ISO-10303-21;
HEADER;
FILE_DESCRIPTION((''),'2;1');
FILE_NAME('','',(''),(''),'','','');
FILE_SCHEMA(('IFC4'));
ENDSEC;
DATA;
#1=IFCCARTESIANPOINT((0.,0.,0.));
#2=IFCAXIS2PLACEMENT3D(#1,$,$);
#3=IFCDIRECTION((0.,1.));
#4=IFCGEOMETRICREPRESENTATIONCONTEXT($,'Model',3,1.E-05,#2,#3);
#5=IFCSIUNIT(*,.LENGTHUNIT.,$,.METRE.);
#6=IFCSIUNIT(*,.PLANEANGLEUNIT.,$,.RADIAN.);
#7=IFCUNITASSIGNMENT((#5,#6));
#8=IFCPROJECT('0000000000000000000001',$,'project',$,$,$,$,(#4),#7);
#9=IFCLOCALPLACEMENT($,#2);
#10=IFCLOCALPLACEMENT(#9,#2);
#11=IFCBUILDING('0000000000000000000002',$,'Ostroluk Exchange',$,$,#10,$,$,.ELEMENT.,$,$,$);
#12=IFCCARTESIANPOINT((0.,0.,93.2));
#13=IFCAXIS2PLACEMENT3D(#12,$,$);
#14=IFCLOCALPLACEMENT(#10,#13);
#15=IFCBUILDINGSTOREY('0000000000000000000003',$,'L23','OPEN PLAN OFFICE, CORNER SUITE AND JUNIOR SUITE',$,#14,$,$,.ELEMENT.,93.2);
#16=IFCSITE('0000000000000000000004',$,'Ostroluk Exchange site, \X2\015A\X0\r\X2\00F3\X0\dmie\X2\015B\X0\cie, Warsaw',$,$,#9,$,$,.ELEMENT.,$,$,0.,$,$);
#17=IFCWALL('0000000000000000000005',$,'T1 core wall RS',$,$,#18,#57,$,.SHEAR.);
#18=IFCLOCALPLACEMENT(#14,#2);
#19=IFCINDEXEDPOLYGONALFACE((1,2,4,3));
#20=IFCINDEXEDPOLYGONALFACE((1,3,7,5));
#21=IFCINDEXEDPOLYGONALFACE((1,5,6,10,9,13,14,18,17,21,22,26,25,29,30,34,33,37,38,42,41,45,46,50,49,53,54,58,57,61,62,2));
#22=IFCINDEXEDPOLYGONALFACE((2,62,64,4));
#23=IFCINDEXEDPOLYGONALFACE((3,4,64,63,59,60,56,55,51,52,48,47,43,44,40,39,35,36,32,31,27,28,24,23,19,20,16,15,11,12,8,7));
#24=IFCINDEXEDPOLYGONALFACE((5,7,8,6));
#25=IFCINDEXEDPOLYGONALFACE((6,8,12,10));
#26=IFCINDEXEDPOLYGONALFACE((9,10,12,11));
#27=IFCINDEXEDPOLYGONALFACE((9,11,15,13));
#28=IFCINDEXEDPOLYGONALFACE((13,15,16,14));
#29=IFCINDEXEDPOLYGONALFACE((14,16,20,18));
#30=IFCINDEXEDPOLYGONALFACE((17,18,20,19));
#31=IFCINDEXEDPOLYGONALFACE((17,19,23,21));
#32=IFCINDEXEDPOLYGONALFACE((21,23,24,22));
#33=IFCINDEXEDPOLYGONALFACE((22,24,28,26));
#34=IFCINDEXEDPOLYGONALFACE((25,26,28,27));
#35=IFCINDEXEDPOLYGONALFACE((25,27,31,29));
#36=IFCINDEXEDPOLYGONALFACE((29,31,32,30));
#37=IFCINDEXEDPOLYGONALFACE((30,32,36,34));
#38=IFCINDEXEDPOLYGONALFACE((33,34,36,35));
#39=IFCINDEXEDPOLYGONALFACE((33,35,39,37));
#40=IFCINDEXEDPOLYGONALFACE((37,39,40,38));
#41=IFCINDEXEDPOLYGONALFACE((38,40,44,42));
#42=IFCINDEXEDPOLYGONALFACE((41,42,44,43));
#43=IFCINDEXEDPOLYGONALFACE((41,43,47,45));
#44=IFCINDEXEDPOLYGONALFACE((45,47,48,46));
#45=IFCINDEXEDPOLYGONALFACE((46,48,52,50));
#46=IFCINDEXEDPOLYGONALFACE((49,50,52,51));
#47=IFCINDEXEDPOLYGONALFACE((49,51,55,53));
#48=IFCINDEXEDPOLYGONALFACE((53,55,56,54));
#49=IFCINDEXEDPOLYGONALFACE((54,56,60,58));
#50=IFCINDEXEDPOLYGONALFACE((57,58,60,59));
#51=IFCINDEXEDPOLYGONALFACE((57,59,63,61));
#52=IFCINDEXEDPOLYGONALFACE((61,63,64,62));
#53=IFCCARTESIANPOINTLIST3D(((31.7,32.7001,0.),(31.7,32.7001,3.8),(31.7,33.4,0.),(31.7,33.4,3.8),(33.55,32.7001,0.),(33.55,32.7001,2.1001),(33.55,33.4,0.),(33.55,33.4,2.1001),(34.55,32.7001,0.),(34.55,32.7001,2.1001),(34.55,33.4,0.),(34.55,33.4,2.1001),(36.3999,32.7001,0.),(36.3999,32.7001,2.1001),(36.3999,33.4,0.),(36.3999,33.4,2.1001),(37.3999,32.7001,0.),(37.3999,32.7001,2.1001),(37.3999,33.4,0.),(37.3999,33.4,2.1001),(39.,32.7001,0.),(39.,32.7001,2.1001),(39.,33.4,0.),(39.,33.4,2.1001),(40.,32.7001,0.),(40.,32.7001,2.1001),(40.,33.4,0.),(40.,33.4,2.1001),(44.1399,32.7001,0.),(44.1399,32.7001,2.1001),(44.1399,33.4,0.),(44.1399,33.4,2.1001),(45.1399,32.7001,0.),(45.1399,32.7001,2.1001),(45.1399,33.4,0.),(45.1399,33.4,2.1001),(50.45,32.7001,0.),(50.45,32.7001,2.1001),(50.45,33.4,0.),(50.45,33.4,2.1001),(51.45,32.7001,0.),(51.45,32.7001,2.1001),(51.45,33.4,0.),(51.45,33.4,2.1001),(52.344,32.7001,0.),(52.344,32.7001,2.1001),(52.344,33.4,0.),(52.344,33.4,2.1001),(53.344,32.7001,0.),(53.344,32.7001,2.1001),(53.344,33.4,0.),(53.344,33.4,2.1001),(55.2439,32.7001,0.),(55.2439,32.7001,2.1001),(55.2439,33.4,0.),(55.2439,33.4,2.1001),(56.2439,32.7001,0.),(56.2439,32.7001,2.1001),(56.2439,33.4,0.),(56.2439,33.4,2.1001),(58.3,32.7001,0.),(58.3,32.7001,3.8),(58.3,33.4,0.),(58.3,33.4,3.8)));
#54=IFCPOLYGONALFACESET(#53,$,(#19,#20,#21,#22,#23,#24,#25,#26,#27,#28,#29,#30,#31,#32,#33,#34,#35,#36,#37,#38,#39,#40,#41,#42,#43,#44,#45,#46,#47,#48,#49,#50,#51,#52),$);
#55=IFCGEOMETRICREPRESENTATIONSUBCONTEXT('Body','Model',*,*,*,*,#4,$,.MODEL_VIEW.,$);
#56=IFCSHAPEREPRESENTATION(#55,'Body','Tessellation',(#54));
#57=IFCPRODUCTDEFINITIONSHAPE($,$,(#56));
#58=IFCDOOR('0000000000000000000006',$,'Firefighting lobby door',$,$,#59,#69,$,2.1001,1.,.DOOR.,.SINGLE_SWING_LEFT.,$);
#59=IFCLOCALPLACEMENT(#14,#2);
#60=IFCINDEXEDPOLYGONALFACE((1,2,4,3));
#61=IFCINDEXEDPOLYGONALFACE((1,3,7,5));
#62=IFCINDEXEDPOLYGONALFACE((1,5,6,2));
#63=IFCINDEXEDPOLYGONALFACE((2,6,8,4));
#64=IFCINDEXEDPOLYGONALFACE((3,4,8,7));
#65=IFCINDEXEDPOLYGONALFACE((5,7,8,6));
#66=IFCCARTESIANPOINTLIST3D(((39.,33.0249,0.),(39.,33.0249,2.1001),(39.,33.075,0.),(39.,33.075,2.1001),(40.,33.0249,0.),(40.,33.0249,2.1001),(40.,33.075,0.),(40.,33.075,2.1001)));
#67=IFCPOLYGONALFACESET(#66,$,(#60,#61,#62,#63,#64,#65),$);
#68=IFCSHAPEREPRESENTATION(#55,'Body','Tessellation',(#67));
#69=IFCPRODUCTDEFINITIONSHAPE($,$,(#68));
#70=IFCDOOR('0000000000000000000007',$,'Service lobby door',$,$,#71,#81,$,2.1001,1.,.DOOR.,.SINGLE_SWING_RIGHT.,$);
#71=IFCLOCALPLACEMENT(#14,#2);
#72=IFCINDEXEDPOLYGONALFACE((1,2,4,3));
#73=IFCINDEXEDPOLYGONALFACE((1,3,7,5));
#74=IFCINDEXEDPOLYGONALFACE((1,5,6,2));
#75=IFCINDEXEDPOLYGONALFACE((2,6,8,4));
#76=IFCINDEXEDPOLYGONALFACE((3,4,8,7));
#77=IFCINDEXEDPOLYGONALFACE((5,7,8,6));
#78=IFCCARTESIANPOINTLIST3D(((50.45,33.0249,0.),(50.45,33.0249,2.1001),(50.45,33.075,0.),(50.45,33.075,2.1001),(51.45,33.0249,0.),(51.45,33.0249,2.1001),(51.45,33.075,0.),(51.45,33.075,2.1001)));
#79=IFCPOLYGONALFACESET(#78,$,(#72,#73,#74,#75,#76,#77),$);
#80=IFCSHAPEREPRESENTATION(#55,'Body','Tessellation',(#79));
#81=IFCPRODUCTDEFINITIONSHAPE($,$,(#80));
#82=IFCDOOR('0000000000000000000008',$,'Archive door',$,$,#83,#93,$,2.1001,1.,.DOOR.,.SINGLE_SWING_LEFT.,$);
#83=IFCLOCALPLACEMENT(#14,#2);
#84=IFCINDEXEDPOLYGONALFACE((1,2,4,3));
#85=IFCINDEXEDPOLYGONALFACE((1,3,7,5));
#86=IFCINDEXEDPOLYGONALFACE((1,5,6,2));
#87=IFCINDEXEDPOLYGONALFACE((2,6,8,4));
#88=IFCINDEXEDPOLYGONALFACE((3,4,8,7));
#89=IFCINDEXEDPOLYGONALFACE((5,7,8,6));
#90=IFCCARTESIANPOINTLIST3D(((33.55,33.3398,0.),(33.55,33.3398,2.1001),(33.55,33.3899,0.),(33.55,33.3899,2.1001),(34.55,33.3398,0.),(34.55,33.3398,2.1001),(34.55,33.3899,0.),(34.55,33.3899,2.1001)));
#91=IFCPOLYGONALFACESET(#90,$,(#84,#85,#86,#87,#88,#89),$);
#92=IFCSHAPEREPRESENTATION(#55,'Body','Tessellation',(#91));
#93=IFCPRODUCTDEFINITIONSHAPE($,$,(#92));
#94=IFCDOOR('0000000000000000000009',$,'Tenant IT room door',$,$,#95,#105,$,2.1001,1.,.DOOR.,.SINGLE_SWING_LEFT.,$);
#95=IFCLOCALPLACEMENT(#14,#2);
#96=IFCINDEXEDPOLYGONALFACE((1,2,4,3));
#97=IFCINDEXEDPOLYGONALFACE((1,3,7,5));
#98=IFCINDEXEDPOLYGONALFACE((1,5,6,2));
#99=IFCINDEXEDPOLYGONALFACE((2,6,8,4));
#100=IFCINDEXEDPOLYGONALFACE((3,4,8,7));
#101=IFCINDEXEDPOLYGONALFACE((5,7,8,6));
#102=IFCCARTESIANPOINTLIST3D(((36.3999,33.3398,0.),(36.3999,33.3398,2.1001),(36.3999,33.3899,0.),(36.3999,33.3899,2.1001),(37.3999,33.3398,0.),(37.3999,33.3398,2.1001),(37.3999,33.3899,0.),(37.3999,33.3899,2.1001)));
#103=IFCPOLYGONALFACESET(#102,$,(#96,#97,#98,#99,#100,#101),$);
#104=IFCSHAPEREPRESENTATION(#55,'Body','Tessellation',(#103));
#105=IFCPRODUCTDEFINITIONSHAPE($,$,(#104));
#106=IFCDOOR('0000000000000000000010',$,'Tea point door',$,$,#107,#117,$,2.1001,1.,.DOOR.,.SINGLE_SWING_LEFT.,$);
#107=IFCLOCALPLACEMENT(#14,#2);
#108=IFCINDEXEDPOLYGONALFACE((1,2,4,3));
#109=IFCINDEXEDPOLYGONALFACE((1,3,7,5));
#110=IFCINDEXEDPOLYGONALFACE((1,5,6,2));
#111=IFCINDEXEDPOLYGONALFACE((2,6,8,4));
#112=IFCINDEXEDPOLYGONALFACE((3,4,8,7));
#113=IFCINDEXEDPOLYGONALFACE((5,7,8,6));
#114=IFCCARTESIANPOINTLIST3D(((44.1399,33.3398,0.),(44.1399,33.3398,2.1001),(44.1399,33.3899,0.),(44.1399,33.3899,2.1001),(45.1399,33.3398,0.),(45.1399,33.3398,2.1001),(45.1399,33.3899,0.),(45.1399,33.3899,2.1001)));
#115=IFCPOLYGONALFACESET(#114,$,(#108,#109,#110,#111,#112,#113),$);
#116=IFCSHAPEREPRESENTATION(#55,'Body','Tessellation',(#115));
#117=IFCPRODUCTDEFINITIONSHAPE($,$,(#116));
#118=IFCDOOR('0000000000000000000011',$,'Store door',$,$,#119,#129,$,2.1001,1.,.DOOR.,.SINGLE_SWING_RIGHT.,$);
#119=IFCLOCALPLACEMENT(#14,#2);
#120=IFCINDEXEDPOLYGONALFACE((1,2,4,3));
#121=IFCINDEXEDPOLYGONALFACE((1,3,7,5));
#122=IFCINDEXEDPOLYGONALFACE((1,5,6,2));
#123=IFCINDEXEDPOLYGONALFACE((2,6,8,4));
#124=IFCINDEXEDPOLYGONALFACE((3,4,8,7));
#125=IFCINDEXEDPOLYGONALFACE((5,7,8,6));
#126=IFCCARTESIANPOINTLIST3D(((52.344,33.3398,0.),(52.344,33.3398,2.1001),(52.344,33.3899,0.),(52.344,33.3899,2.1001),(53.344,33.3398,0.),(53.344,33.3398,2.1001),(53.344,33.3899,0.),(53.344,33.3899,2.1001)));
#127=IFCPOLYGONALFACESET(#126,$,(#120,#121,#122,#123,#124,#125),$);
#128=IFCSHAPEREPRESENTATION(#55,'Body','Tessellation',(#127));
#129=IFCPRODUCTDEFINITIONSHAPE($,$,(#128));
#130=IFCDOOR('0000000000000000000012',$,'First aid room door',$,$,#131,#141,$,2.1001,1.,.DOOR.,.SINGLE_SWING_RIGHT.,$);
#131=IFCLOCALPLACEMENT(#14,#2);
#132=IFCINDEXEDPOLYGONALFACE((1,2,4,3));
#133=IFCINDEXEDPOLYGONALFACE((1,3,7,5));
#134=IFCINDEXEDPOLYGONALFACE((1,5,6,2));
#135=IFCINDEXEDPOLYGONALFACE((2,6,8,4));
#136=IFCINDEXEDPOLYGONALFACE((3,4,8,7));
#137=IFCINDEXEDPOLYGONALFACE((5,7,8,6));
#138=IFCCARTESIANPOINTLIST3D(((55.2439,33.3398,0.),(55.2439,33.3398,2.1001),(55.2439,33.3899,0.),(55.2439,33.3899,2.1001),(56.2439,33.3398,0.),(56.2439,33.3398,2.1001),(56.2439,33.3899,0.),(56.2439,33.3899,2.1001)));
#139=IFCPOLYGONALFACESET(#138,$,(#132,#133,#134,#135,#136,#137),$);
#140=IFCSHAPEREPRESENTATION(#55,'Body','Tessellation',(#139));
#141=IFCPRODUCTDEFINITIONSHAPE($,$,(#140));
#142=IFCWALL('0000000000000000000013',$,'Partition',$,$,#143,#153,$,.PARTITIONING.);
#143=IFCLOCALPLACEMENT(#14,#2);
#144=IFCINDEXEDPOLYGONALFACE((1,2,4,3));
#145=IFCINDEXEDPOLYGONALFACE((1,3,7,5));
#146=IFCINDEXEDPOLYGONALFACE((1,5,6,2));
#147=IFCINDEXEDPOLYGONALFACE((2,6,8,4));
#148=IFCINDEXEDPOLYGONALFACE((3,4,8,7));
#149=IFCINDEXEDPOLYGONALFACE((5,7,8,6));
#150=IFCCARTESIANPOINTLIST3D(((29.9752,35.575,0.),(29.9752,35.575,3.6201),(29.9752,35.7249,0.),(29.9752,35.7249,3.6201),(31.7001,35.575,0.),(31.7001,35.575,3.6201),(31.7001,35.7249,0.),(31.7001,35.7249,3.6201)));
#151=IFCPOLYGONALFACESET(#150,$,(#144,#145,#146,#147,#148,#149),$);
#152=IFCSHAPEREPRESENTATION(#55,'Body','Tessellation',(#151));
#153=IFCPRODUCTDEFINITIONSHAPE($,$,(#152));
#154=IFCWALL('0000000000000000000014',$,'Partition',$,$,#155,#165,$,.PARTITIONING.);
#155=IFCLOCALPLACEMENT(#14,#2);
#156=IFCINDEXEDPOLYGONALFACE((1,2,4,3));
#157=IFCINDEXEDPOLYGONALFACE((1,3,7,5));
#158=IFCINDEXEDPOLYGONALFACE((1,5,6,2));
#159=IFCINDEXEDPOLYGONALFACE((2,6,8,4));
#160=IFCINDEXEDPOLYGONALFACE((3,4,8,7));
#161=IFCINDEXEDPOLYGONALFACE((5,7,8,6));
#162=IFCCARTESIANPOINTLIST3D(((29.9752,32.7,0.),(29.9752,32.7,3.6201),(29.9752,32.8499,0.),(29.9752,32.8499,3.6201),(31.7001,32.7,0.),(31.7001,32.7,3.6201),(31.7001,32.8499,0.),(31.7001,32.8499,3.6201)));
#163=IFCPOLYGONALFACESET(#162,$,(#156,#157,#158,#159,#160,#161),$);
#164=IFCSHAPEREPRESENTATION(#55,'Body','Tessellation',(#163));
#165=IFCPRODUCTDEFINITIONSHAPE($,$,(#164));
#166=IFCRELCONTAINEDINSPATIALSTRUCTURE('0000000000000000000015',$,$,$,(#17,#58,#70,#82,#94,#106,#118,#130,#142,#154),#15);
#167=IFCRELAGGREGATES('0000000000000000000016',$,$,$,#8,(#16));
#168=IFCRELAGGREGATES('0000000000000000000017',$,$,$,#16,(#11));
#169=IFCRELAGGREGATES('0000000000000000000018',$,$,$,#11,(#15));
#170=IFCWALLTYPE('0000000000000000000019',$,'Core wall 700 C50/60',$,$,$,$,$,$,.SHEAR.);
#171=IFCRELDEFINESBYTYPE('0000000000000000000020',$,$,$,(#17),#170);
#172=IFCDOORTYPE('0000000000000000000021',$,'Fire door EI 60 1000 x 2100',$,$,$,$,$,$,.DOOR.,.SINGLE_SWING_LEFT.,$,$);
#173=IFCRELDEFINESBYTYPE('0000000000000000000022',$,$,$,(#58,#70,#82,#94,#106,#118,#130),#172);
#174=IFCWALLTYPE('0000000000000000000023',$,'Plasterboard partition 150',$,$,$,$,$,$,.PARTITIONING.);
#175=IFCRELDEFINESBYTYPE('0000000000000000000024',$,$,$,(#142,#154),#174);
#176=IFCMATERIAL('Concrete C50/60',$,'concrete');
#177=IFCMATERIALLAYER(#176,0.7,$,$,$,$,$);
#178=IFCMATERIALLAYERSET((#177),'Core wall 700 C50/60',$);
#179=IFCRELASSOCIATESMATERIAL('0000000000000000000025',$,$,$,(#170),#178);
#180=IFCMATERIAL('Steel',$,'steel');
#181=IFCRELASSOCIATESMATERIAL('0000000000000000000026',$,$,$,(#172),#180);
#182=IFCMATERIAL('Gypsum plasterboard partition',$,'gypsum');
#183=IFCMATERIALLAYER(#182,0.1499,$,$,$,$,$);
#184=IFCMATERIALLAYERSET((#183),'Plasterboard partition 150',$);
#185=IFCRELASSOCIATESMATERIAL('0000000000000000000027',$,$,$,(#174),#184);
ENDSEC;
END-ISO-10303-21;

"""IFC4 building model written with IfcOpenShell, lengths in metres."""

from ifc_helpers import new_model, si_unit, direction, frame, frame_2d, origin, place, context, subcontext, project, spatial, rectangle, extrude, material, layer, layer_set, type_object, element, fill, save


model = new_model("IFC4")

# Units and contexts
model_context = context("Model", 3, precision=1e-05, world=origin(), true_north=direction((0.0, 1.0)))
body_context = subcontext(model_context, "Body", "Model", "MODEL_VIEW")
ifc_project = project(units=[si_unit("LENGTHUNIT", "METRE"), si_unit("PLANEANGLEUNIT", "RADIAN")], contexts=[model_context])

# Site, building, storey
site_placement = place(None, origin())
site = spatial("IfcSite", under=ifc_project, at=site_placement, Name="Ostroluk Exchange site, Śródmieście, Warsaw", CompositionType="ELEMENT", RefElevation=0.0)
building_placement = place(site_placement, origin())
building = spatial("IfcBuilding", under=site, at=building_placement, Name="Ostroluk Exchange", CompositionType="ELEMENT")
storey_placement = place(building_placement, frame((0.0, 0.0, 93.2)))
storey = spatial("IfcBuildingStorey", under=building, at=storey_placement, Name="L23", Description="OPEN PLAN OFFICE, CORNER SUITE AND JUNIOR SUITE", CompositionType="ELEMENT", Elevation=93.2)

# Wall, openings, doors
ifc_material_1 = material(Name="Concrete C50/60", Category="concrete")
ifc_layer_1 = layer(ifc_material_1, 0.7)
ifc_layer_set_1 = layer_set([ifc_layer_1], Name="Core wall 700 C50/60")
wall_type_1 = type_object("IfcWallType", Name="Core wall 700 C50/60", PredefinedType="SHEAR", material=ifc_layer_set_1)
wall_1_placement = place(storey_placement, frame((31.7, 33.05, 0.0), z_axis=(0.0, 0.0, 1.0), x_axis=(1.0, 0.0, 0.0)))
wall_1 = element("IfcWall", 1, at=wall_1_placement, inside=storey, type_object=wall_type_1, Name="T1 core wall RS", PredefinedType="SHEAR", context=body_context, shape_type="SweptSolid", body=[
    extrude(rectangle(XDim=26.6001, YDim=0.7, at=frame_2d((13.3, 0.0))), origin(), (0.0, 0.0, 1.0), 3.8),
])
opening_1_placement = place(wall_1_placement, frame((7.3, 0.0, 0.0)))
opening_1 = element("IfcOpeningElement", 2, at=opening_1_placement, cuts=wall_1, PredefinedType="OPENING", context=body_context, shape_type="SweptSolid", body=[
    extrude(rectangle(XDim=1.0, YDim=2.1001, at=frame_2d((0.5, 1.05))), frame((0.0, 0.3599, 0.0), z_axis=(0.0, -1.0, 0.0), x_axis=(1.0, 0.0, 0.0)), (0.0, 0.0, 1.0), 0.72),
])
opening_2_placement = place(wall_1_placement, frame((18.75, 0.0, 0.0)))
opening_2 = element("IfcOpeningElement", 3, at=opening_2_placement, cuts=wall_1, PredefinedType="OPENING", context=body_context, shape_type="SweptSolid", body=[
    extrude(rectangle(XDim=1.0, YDim=2.1001, at=frame_2d((0.5, 1.05))), frame((0.0, 0.3599, 0.0), z_axis=(0.0, -1.0, 0.0), x_axis=(1.0, 0.0, 0.0)), (0.0, 0.0, 1.0), 0.72),
])
opening_3_placement = place(wall_1_placement, frame((1.8501, 0.0, 0.0)))
opening_3 = element("IfcOpeningElement", 4, at=opening_3_placement, cuts=wall_1, PredefinedType="OPENING", context=body_context, shape_type="SweptSolid", body=[
    extrude(rectangle(XDim=1.0, YDim=2.1001, at=frame_2d((0.5, 1.05))), frame((0.0, 0.3599, 0.0), z_axis=(0.0, -1.0, 0.0), x_axis=(1.0, 0.0, 0.0)), (0.0, 0.0, 1.0), 0.72),
])
opening_4_placement = place(wall_1_placement, frame((4.7, 0.0, 0.0)))
opening_4 = element("IfcOpeningElement", 5, at=opening_4_placement, cuts=wall_1, PredefinedType="OPENING", context=body_context, shape_type="SweptSolid", body=[
    extrude(rectangle(XDim=1.0, YDim=2.1001, at=frame_2d((0.5, 1.05))), frame((0.0, 0.3599, 0.0), z_axis=(0.0, -1.0, 0.0), x_axis=(1.0, 0.0, 0.0)), (0.0, 0.0, 1.0), 0.72),
])
opening_5_placement = place(wall_1_placement, frame((12.4399, 0.0, 0.0)))
opening_5 = element("IfcOpeningElement", 6, at=opening_5_placement, cuts=wall_1, PredefinedType="OPENING", context=body_context, shape_type="SweptSolid", body=[
    extrude(rectangle(XDim=1.0, YDim=2.1001, at=frame_2d((0.5, 1.05))), frame((0.0, 0.3599, 0.0), z_axis=(0.0, -1.0, 0.0), x_axis=(1.0, 0.0, 0.0)), (0.0, 0.0, 1.0), 0.72),
])
opening_6_placement = place(wall_1_placement, frame((20.644, 0.0, 0.0)))
opening_6 = element("IfcOpeningElement", 7, at=opening_6_placement, cuts=wall_1, PredefinedType="OPENING", context=body_context, shape_type="SweptSolid", body=[
    extrude(rectangle(XDim=1.0, YDim=2.1001, at=frame_2d((0.5, 1.05))), frame((0.0, 0.3599, 0.0), z_axis=(0.0, -1.0, 0.0), x_axis=(1.0, 0.0, 0.0)), (0.0, 0.0, 1.0), 0.72),
])
opening_7_placement = place(wall_1_placement, frame((23.5439, 0.0, 0.0)))
opening_7 = element("IfcOpeningElement", 8, at=opening_7_placement, cuts=wall_1, PredefinedType="OPENING", context=body_context, shape_type="SweptSolid", body=[
    extrude(rectangle(XDim=1.0, YDim=2.1001, at=frame_2d((0.5, 1.05))), frame((0.0, 0.3599, 0.0), z_axis=(0.0, -1.0, 0.0), x_axis=(1.0, 0.0, 0.0)), (0.0, 0.0, 1.0), 0.72),
])
ifc_material_2 = material(Name="Steel", Category="steel")
door_type_1 = type_object("IfcDoorType", Name="Fire door EI 60 1000 x 2100", OperationType="SINGLE_SWING_LEFT", PredefinedType="DOOR", material=ifc_material_2)
door_1_placement = place(opening_1_placement, origin())
door_1 = element("IfcDoor", 9, at=door_1_placement, inside=storey, type_object=door_type_1, Name="Firefighting lobby door", OperationType="SINGLE_SWING_LEFT", OverallHeight=2.1001, OverallWidth=1.0, PredefinedType="DOOR", context=body_context, shape_type="SweptSolid", body=[
    extrude(rectangle(XDim=1.0, YDim=2.1001, at=frame_2d((0.5, 1.05))), frame((0.0, 0.0249, 0.0), z_axis=(0.0, -1.0, 0.0), x_axis=(1.0, 0.0, 0.0)), (0.0, 0.0, 1.0), 0.05),
])
fill(opening_1, door_1)
door_2_placement = place(opening_2_placement, origin())
door_2 = element("IfcDoor", 10, at=door_2_placement, inside=storey, type_object=door_type_1, Name="Service lobby door", OperationType="SINGLE_SWING_RIGHT", OverallHeight=2.1001, OverallWidth=1.0, PredefinedType="DOOR", context=body_context, shape_type="SweptSolid", body=[
    extrude(rectangle(XDim=1.0, YDim=2.1001, at=frame_2d((0.5, 1.05))), frame((0.0, 0.0249, 0.0), z_axis=(0.0, -1.0, 0.0), x_axis=(1.0, 0.0, 0.0)), (0.0, 0.0, 1.0), 0.05),
])
fill(opening_2, door_2)
door_3_placement = place(opening_3_placement, origin())
door_3 = element("IfcDoor", 11, at=door_3_placement, inside=storey, type_object=door_type_1, Name="Archive door", OperationType="SINGLE_SWING_LEFT", OverallHeight=2.1001, OverallWidth=1.0, PredefinedType="DOOR", context=body_context, shape_type="SweptSolid", body=[
    extrude(rectangle(XDim=1.0, YDim=2.1001, at=frame_2d((0.5, 1.05))), frame((0.0, 0.3398, 0.0), z_axis=(0.0, -1.0, 0.0), x_axis=(1.0, 0.0, 0.0)), (0.0, 0.0, 1.0), 0.05),
])
fill(opening_3, door_3)
door_4_placement = place(opening_4_placement, origin())
door_4 = element("IfcDoor", 12, at=door_4_placement, inside=storey, type_object=door_type_1, Name="Tenant IT room door", OperationType="SINGLE_SWING_LEFT", OverallHeight=2.1001, OverallWidth=1.0, PredefinedType="DOOR", context=body_context, shape_type="SweptSolid", body=[
    extrude(rectangle(XDim=1.0, YDim=2.1001, at=frame_2d((0.5, 1.05))), frame((0.0, 0.3398, 0.0), z_axis=(0.0, -1.0, 0.0), x_axis=(1.0, 0.0, 0.0)), (0.0, 0.0, 1.0), 0.05),
])
fill(opening_4, door_4)
door_5_placement = place(opening_5_placement, origin())
door_5 = element("IfcDoor", 13, at=door_5_placement, inside=storey, type_object=door_type_1, Name="Tea point door", OperationType="SINGLE_SWING_LEFT", OverallHeight=2.1001, OverallWidth=1.0, PredefinedType="DOOR", context=body_context, shape_type="SweptSolid", body=[
    extrude(rectangle(XDim=1.0, YDim=2.1001, at=frame_2d((0.5, 1.05))), frame((0.0, 0.3398, 0.0), z_axis=(0.0, -1.0, 0.0), x_axis=(1.0, 0.0, 0.0)), (0.0, 0.0, 1.0), 0.05),
])
fill(opening_5, door_5)
door_6_placement = place(opening_6_placement, origin())
door_6 = element("IfcDoor", 14, at=door_6_placement, inside=storey, type_object=door_type_1, Name="Store door", OperationType="SINGLE_SWING_RIGHT", OverallHeight=2.1001, OverallWidth=1.0, PredefinedType="DOOR", context=body_context, shape_type="SweptSolid", body=[
    extrude(rectangle(XDim=1.0, YDim=2.1001, at=frame_2d((0.5, 1.05))), frame((0.0, 0.3398, 0.0), z_axis=(0.0, -1.0, 0.0), x_axis=(1.0, 0.0, 0.0)), (0.0, 0.0, 1.0), 0.05),
])
fill(opening_6, door_6)
door_7_placement = place(opening_7_placement, origin())
door_7 = element("IfcDoor", 15, at=door_7_placement, inside=storey, type_object=door_type_1, Name="First aid room door", OperationType="SINGLE_SWING_RIGHT", OverallHeight=2.1001, OverallWidth=1.0, PredefinedType="DOOR", context=body_context, shape_type="SweptSolid", body=[
    extrude(rectangle(XDim=1.0, YDim=2.1001, at=frame_2d((0.5, 1.05))), frame((0.0, 0.3398, 0.0), z_axis=(0.0, -1.0, 0.0), x_axis=(1.0, 0.0, 0.0)), (0.0, 0.0, 1.0), 0.05),
])
fill(opening_7, door_7)

# Walls
ifc_material_3 = material(Name="Gypsum plasterboard partition", Category="gypsum")
ifc_layer_2 = layer(ifc_material_3, 0.1499)
ifc_layer_set_2 = layer_set([ifc_layer_2], Name="Plasterboard partition 150")
wall_type_2 = type_object("IfcWallType", Name="Plasterboard partition 150", PredefinedType="PARTITIONING", material=ifc_layer_set_2)
for number, where, z_axis, x_axis, name in (
    (16, (31.7, 35.6499, 0.0), (0.0, 0.0, 1.0), (-1.0, 0.0, 0.0), "Partition"),
    (17, (31.7, 32.7749, 0.0), (0.0, 0.0, 1.0), (-1.0, 0.0, 0.0), "Partition"),
):
    element("IfcWall", number, at=place(storey_placement, frame(where, z_axis=z_axis, x_axis=x_axis)), inside=storey, type_object=wall_type_2, Name=name, PredefinedType="PARTITIONING", context=body_context, shape_type="SweptSolid", body=[
        extrude(rectangle(XDim=1.7249, YDim=0.1499, at=frame_2d((0.8623, 0.0))), origin(), (0.0, 0.0, 1.0), 3.6201),
    ])

save(model, "model.ifc")
